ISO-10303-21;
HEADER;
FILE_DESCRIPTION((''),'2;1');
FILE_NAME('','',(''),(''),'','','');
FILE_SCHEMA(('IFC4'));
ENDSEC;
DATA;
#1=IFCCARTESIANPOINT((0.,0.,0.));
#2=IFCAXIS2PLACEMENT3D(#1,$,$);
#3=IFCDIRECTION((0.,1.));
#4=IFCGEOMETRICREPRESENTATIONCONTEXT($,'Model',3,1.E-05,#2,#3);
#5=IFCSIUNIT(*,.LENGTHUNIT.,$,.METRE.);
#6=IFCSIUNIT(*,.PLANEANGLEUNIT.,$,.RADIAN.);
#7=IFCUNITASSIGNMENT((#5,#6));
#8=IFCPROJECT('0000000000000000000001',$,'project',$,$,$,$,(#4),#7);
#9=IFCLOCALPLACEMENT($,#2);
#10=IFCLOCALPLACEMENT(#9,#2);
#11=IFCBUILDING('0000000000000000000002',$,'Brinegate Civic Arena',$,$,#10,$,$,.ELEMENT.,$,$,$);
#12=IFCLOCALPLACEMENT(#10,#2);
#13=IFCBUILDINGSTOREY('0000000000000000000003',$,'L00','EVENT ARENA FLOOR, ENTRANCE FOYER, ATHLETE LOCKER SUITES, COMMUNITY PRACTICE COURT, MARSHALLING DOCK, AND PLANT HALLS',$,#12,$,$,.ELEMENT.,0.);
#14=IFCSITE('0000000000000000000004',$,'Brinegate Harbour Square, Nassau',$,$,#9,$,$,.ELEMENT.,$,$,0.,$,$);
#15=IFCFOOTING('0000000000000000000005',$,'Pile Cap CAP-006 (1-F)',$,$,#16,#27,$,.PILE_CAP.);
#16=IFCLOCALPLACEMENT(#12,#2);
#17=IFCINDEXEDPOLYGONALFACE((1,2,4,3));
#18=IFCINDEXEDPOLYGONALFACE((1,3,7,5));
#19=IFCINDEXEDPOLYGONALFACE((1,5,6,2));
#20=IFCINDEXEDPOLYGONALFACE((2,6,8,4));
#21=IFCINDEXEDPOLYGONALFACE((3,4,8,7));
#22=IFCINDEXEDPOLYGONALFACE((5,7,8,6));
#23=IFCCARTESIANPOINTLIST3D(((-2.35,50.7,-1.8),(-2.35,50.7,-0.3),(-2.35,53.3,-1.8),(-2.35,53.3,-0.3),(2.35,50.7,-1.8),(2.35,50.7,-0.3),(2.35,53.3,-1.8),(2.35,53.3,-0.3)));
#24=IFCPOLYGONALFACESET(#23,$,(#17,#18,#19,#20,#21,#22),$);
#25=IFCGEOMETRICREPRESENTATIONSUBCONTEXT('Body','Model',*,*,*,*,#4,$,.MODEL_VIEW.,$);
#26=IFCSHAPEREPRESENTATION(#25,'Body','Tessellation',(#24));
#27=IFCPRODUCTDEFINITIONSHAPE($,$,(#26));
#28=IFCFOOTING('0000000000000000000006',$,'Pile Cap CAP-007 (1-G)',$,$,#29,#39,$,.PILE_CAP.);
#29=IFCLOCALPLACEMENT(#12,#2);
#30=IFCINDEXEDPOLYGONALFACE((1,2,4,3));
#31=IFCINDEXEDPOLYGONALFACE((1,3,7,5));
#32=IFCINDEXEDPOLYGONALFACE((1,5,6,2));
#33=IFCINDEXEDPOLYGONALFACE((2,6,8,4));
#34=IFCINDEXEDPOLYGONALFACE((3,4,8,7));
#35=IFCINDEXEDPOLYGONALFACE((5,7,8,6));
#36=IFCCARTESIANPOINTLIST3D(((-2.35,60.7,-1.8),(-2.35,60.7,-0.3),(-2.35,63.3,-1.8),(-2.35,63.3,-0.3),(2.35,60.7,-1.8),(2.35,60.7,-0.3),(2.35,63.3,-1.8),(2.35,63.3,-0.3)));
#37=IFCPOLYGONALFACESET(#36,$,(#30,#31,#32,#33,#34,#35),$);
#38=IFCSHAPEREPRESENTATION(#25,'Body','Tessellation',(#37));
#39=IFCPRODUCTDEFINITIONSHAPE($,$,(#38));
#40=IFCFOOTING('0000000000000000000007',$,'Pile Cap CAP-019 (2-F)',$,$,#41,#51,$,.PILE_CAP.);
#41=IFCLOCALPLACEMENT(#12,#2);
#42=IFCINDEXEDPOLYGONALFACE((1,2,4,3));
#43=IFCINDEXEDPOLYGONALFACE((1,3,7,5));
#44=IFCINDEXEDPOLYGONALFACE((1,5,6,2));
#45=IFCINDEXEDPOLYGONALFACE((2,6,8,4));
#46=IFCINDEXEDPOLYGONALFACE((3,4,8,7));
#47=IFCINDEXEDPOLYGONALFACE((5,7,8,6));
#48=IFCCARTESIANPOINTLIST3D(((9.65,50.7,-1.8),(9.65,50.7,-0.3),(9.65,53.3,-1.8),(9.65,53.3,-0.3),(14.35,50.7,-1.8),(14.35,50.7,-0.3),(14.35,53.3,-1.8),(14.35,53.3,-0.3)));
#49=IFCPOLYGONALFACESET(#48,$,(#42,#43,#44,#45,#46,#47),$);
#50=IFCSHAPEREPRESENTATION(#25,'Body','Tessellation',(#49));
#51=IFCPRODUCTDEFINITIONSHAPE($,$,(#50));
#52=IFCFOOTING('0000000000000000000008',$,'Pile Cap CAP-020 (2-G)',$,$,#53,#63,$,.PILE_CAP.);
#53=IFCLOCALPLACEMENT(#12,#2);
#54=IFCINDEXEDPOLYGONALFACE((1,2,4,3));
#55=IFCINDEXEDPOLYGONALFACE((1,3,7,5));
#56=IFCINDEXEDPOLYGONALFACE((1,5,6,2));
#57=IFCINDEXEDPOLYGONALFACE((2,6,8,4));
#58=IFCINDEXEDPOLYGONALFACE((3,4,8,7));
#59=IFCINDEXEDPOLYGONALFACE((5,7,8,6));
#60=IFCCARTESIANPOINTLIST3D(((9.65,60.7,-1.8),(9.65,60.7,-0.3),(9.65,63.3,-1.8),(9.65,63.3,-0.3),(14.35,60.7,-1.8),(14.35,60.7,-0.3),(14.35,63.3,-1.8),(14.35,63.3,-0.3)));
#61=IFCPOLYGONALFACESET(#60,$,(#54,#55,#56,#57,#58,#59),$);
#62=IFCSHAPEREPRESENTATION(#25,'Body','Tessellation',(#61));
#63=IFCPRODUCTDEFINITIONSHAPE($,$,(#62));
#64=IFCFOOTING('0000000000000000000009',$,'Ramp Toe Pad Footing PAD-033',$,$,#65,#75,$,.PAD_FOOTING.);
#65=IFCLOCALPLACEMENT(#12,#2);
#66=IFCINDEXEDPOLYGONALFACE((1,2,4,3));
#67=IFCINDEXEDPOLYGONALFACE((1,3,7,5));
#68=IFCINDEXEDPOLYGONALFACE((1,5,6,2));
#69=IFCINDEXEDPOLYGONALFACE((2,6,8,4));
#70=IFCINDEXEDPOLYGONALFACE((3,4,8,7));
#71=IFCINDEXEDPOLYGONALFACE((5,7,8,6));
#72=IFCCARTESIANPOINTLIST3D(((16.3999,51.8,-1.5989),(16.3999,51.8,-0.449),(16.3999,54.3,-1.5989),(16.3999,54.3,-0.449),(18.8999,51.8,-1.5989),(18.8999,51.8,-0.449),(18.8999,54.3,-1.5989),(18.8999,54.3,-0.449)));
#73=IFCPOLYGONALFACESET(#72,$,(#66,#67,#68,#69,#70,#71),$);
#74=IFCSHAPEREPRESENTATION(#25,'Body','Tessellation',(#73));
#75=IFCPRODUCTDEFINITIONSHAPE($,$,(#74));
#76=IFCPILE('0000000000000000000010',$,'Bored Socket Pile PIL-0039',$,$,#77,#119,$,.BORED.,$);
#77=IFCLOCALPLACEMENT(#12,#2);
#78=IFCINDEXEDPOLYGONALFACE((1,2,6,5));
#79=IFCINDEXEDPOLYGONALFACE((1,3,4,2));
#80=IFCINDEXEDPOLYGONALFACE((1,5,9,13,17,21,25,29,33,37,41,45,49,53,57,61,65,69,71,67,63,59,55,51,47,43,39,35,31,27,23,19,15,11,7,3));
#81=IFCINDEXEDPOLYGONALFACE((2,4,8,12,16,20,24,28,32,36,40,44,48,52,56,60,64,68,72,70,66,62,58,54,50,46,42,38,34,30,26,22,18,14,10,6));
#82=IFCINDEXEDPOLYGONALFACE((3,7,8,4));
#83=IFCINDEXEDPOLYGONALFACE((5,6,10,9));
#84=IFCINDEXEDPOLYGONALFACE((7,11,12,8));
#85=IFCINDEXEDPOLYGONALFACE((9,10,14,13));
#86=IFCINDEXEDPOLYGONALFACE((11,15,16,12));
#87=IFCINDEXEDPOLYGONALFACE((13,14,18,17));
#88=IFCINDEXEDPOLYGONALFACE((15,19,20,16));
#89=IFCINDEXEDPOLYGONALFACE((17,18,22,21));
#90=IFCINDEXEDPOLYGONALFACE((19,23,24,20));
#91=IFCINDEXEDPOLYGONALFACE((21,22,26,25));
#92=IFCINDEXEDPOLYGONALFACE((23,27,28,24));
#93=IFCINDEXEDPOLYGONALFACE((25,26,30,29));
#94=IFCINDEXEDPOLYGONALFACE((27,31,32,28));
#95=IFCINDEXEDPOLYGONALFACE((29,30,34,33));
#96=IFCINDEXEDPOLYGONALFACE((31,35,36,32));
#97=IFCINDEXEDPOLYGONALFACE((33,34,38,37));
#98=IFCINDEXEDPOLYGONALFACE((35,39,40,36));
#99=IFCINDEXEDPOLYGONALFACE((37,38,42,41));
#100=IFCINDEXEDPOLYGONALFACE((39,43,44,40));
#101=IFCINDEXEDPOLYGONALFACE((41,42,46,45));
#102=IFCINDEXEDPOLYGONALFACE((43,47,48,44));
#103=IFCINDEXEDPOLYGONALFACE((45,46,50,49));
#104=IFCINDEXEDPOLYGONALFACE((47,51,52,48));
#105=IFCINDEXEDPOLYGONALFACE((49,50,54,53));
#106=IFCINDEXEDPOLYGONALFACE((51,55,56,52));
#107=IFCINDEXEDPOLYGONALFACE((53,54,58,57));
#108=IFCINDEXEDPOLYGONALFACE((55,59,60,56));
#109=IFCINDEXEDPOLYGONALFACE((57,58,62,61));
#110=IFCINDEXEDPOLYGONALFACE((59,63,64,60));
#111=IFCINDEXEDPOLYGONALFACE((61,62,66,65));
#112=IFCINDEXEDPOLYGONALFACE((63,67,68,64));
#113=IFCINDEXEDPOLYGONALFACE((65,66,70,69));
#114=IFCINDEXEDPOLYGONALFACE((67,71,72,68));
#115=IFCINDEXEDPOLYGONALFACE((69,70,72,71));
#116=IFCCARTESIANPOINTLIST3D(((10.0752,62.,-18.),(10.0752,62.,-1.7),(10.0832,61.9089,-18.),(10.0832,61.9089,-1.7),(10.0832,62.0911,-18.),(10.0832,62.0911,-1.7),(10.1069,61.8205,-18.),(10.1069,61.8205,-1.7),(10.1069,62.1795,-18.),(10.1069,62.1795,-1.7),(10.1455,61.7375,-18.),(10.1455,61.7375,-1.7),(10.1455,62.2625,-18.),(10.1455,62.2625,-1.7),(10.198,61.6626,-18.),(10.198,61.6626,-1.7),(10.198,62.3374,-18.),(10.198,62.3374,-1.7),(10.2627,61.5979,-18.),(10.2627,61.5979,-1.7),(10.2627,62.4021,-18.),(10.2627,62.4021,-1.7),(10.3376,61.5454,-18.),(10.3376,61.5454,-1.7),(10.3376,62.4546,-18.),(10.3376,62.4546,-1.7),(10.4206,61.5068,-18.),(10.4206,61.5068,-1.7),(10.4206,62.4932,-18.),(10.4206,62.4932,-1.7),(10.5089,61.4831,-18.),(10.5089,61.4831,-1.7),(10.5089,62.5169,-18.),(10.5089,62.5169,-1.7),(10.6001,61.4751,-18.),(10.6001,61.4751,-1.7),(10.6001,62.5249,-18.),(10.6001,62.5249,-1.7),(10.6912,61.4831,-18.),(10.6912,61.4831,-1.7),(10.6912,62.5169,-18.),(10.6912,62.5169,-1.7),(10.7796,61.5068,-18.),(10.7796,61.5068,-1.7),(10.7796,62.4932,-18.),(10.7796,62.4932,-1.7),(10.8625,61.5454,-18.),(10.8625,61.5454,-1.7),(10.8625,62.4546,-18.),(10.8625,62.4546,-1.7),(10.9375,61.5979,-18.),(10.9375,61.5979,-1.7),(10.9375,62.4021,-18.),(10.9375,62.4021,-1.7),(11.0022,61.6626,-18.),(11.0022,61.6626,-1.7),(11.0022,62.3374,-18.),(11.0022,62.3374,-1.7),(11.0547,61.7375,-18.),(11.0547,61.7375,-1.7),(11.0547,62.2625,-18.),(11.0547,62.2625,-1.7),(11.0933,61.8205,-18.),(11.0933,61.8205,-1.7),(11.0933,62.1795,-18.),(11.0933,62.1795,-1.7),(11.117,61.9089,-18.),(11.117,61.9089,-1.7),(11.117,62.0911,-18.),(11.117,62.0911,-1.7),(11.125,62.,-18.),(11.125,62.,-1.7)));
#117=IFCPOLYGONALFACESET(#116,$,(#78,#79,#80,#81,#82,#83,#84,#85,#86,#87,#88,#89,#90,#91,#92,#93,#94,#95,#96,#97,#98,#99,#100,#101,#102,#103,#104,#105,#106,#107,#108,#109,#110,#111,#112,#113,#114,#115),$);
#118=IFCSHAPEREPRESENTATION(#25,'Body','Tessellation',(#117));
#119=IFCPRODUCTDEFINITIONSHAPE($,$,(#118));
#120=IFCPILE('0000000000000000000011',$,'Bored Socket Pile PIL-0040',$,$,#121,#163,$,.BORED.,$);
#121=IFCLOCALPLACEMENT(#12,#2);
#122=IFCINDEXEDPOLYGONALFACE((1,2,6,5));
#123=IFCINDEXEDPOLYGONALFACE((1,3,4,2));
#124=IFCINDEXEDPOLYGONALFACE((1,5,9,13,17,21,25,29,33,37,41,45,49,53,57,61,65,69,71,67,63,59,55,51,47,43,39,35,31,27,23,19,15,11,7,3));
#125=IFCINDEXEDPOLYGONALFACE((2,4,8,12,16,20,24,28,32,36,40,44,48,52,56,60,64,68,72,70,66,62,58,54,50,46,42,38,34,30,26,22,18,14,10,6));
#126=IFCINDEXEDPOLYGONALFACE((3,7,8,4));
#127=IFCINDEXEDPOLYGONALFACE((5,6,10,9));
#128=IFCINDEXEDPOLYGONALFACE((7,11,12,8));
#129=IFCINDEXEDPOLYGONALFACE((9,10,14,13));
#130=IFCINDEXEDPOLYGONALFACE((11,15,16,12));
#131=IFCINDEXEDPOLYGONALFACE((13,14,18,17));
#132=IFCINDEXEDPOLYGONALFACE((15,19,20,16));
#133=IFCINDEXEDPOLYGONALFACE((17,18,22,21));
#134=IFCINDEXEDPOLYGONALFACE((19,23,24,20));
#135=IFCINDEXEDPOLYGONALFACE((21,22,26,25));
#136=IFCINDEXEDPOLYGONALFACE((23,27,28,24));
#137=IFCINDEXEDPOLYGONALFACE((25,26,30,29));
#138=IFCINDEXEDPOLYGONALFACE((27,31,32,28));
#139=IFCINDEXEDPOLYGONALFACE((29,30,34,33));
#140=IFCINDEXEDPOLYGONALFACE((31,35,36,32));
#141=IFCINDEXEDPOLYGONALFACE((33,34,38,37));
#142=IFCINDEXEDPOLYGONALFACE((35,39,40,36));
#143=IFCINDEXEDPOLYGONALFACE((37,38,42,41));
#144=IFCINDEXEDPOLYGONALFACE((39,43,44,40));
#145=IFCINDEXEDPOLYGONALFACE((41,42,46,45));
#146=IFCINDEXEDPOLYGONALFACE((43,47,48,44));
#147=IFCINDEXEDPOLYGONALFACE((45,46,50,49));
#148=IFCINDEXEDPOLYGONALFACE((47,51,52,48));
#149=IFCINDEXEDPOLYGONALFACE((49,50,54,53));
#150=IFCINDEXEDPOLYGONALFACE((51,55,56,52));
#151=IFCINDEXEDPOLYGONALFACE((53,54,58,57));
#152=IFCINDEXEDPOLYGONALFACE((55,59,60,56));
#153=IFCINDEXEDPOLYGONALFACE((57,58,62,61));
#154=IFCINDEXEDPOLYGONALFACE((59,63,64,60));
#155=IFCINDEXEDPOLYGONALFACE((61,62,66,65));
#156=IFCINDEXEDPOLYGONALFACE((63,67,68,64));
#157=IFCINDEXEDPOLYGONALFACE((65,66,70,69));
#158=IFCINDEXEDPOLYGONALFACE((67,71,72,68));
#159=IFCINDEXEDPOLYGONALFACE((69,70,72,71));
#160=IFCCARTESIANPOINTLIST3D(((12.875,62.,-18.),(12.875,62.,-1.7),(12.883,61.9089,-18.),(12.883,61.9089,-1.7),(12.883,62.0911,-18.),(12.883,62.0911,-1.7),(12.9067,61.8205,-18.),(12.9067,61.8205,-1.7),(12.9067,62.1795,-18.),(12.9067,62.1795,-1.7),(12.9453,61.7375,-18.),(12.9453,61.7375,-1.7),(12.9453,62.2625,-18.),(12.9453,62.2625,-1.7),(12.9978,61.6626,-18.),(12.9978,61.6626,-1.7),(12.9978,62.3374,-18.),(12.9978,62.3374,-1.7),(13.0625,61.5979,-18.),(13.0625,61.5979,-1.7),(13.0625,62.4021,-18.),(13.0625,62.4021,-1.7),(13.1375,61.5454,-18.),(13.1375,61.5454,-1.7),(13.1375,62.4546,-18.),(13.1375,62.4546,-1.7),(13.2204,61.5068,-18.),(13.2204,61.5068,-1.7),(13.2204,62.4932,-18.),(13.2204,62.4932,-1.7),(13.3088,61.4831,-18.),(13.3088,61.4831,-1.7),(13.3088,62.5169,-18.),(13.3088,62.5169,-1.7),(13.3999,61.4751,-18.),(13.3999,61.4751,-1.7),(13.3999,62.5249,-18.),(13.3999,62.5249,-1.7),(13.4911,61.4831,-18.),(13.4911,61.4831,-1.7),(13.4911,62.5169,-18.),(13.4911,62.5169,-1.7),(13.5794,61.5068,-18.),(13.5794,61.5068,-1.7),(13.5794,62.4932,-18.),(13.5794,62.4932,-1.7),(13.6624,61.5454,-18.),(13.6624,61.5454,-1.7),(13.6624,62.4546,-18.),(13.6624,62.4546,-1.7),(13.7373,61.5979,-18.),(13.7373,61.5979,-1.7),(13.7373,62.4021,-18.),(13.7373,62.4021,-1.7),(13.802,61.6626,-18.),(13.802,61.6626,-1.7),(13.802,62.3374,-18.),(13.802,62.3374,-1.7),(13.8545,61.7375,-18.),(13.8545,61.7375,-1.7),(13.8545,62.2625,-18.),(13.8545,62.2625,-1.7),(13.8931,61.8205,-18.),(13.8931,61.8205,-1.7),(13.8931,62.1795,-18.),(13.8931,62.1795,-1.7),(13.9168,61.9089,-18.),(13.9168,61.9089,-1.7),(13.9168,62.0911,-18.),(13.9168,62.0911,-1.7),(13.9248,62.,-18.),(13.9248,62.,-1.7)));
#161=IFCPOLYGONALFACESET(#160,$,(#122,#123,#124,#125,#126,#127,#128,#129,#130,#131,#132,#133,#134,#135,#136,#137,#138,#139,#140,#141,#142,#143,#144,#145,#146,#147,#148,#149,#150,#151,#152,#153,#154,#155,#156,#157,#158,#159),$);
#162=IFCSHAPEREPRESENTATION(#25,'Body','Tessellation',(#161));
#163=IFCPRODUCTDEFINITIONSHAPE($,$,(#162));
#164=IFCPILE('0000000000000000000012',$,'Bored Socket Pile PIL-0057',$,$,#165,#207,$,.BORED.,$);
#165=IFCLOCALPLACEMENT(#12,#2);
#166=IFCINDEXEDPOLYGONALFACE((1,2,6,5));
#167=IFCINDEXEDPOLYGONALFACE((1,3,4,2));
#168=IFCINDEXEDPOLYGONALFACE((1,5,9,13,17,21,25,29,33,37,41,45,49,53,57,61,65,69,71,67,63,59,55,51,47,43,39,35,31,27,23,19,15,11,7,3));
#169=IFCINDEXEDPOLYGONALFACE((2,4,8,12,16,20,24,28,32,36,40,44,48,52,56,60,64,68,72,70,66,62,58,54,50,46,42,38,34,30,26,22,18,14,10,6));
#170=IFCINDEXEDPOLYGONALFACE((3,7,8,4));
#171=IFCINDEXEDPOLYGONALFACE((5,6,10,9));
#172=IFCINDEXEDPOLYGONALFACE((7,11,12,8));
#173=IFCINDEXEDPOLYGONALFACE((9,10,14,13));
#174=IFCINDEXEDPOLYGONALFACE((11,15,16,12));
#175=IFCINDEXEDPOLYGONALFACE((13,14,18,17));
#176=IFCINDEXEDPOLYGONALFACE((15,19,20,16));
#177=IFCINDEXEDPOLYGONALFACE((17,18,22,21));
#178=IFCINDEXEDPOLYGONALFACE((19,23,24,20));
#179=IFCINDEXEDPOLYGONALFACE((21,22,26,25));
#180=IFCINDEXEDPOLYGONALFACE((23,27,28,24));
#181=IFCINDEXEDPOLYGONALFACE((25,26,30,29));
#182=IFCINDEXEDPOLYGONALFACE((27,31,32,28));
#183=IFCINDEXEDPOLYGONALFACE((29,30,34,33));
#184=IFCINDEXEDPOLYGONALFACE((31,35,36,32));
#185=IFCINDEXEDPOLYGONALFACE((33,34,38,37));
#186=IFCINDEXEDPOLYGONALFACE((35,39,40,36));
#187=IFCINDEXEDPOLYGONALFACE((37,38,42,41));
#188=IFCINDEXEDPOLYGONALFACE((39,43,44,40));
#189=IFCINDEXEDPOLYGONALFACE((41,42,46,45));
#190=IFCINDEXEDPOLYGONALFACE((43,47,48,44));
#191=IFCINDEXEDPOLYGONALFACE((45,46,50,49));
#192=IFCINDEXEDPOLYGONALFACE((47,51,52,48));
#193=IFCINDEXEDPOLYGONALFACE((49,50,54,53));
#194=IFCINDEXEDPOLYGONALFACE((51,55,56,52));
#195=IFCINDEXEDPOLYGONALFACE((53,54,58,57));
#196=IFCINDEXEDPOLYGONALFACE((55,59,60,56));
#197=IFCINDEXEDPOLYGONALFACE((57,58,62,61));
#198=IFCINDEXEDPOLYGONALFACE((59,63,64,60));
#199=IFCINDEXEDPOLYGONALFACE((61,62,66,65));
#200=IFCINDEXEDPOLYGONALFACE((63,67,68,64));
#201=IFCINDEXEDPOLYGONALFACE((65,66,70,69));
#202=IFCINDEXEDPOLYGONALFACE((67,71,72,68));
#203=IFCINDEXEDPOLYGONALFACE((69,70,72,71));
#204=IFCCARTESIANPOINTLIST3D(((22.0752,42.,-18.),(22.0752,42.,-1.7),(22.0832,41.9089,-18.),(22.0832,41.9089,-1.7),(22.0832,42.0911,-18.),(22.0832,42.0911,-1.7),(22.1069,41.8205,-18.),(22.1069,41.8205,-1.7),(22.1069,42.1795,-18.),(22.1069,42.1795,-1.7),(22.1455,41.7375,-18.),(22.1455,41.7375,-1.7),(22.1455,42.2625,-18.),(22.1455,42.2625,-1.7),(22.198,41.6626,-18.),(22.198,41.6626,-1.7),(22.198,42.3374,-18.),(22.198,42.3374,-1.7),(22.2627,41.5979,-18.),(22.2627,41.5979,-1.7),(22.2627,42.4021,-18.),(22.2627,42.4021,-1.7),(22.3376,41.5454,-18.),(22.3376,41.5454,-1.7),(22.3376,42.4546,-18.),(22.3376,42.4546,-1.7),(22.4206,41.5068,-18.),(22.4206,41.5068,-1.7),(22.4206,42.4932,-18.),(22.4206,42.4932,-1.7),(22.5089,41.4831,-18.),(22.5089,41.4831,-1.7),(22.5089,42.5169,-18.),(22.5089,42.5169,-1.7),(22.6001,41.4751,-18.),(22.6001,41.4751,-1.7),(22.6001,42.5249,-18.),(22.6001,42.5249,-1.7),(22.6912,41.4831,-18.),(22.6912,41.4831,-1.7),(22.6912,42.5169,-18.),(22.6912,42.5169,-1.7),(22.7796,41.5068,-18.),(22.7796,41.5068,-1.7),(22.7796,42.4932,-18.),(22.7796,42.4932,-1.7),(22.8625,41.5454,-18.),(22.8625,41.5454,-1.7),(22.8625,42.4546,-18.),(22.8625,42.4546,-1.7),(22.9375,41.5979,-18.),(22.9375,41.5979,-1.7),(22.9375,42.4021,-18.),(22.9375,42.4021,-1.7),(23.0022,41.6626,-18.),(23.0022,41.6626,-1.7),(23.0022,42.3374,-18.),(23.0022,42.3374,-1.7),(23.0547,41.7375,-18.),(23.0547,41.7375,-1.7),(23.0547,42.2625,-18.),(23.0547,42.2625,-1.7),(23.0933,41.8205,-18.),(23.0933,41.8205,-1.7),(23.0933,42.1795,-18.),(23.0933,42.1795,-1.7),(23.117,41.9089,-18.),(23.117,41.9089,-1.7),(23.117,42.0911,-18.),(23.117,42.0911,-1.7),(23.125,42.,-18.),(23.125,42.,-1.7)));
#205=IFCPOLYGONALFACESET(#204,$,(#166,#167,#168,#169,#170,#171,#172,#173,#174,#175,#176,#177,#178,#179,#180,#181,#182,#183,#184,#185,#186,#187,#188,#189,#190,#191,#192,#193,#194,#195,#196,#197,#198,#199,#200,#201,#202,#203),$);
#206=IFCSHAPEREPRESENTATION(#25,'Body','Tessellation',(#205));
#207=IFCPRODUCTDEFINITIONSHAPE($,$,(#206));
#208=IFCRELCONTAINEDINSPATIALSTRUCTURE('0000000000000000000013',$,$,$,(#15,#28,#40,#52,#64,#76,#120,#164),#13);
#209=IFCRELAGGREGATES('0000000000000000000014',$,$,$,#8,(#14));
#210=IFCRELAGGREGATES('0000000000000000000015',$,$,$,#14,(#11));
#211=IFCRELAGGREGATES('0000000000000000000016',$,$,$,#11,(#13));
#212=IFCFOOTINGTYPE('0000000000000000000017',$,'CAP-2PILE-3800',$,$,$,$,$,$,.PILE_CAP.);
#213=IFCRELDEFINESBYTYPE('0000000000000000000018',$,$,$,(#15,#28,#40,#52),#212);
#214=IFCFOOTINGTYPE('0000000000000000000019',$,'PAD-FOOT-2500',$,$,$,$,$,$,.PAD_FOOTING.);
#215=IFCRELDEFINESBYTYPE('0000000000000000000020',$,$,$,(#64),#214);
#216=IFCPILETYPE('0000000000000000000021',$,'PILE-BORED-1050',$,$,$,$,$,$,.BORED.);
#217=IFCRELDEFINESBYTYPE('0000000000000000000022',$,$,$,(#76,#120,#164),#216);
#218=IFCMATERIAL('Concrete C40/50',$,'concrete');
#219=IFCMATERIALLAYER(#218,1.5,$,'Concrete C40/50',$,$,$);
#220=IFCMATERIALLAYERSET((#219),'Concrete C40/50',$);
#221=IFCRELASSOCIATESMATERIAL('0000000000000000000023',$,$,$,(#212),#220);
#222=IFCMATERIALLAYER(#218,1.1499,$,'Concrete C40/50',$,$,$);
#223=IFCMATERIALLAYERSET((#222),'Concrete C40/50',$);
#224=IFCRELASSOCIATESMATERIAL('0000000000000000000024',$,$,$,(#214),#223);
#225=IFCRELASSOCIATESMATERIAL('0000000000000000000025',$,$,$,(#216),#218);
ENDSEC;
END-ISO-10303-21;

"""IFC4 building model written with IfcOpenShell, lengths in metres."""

from ifc_helpers import new_model, si_unit, direction, frame, origin, origin_2d, place, context, subcontext, project, spatial, rectangle, circle, extrude, material, layer, layer_set, material_profile, profile_set, type_object, element, save


model = new_model("IFC4")

# Units and contexts
model_context = context("Model", 3, precision=1e-05, world=origin(), true_north=direction((0.0, 1.0)))
body_context = subcontext(model_context, "Body", "Model", "MODEL_VIEW")
ifc_project = project(units=[si_unit("LENGTHUNIT", "METRE"), si_unit("PLANEANGLEUNIT", "RADIAN")], contexts=[model_context])

# Site, building, storey
site_placement = place(None, origin())
site = spatial("IfcSite", under=ifc_project, at=site_placement, Name="Brinegate Harbour Square, Nassau", CompositionType="ELEMENT", RefElevation=0.0)
building_placement = place(site_placement, origin())
building = spatial("IfcBuilding", under=site, at=building_placement, Name="Brinegate Civic Arena", CompositionType="ELEMENT")
storey_placement = place(building_placement, origin())
storey = spatial("IfcBuildingStorey", under=building, at=storey_placement, Name="L00", Description="EVENT ARENA FLOOR, ENTRANCE FOYER, ATHLETE LOCKER SUITES, COMMUNITY PRACTICE COURT, MARSHALLING DOCK, AND PLANT HALLS", CompositionType="ELEMENT", Elevation=0.0)

# Footings
ifc_material_1 = material(Name="Concrete C40/50", Category="concrete")
ifc_layer_1 = layer(ifc_material_1, 1.5, Name="Concrete C40/50")
ifc_layer_set_1 = layer_set([ifc_layer_1], Name="Concrete C40/50")
footing_type_1 = type_object("IfcFootingType", Name="CAP-2PILE-3800", PredefinedType="PILE_CAP", material=ifc_layer_set_1)
for number, where, z_axis, x_axis, name in (
    (1, (0.0, 52.0, -1.8), (0.0, 0.0, 1.0), (1.0, 0.0, 0.0), "Pile Cap CAP-006 (1-F)"),
    (2, (0.0, 62.0, -1.8), (0.0, 0.0, 1.0), (1.0, 0.0, 0.0), "Pile Cap CAP-007 (1-G)"),
    (3, (12.0, 52.0, -1.8), (0.0, 0.0, 1.0), (1.0, 0.0, 0.0), "Pile Cap CAP-019 (2-F)"),
    (4, (12.0, 62.0, -1.8), (0.0, 0.0, 1.0), (1.0, 0.0, 0.0), "Pile Cap CAP-020 (2-G)"),
):
    element("IfcFooting", number, at=place(storey_placement, frame(where, z_axis=z_axis, x_axis=x_axis)), inside=storey, type_object=footing_type_1, Name=name, PredefinedType="PILE_CAP", context=body_context, shape_type="SweptSolid", body=[
        extrude(rectangle(XDim=4.7, YDim=2.6001, at=origin_2d()), origin(), (0.0, 0.0, 1.0), 1.5),
    ])
ifc_layer_2 = layer(ifc_material_1, 1.1499, Name="Concrete C40/50")
ifc_layer_set_2 = layer_set([ifc_layer_2], Name="Concrete C40/50")
footing_type_2 = type_object("IfcFootingType", Name="PAD-FOOT-2500", PredefinedType="PAD_FOOTING", material=ifc_layer_set_2)
footing_1_placement = place(storey_placement, frame((17.6499, 53.05, -1.5989), z_axis=(0.0, 0.0, 1.0), x_axis=(1.0, 0.0, 0.0)))
element("IfcFooting", 5, at=footing_1_placement, inside=storey, type_object=footing_type_2, Name="Ramp Toe Pad Footing PAD-033", PredefinedType="PAD_FOOTING", context=body_context, shape_type="SweptSolid", body=[
    extrude(rectangle(XDim=2.5, YDim=2.5, at=origin_2d()), origin(), (0.0, 0.0, 1.0), 1.1499),
])

# Piles
ifc_material_profile_1 = material_profile(ifc_material_1, circle(Radius=0.5249, at=origin_2d()), Name="PILED1050")
ifc_profile_set_1 = profile_set([ifc_material_profile_1], Name="Concrete C40/50")
pile_type_1 = type_object("IfcPileType", Name="PILE-BORED-1050", PredefinedType="BORED", material=ifc_profile_set_1)
for number, where, z_axis, x_axis, name in (
    (6, (10.6001, 62.0, -1.7), (0.0, 0.0, -1.0), (1.0, 0.0, 0.0), "Bored Socket Pile PIL-0039"),
    (7, (13.3999, 62.0, -1.7), (0.0, 0.0, -1.0), (1.0, 0.0, 0.0), "Bored Socket Pile PIL-0040"),
    (8, (22.6001, 42.0, -1.7), (0.0, 0.0, -1.0), (1.0, 0.0, 0.0), "Bored Socket Pile PIL-0057"),
):
    element("IfcPile", number, at=place(storey_placement, frame(where, z_axis=z_axis, x_axis=x_axis)), inside=storey, type_object=pile_type_1, Name=name, PredefinedType="BORED", context=body_context, shape_type="SweptSolid", body=[
        extrude(circle(Radius=0.5249, at=origin_2d()), origin(), (0.0, 0.0, 1.0), 16.3),
    ])

save(model, "model.ifc")
